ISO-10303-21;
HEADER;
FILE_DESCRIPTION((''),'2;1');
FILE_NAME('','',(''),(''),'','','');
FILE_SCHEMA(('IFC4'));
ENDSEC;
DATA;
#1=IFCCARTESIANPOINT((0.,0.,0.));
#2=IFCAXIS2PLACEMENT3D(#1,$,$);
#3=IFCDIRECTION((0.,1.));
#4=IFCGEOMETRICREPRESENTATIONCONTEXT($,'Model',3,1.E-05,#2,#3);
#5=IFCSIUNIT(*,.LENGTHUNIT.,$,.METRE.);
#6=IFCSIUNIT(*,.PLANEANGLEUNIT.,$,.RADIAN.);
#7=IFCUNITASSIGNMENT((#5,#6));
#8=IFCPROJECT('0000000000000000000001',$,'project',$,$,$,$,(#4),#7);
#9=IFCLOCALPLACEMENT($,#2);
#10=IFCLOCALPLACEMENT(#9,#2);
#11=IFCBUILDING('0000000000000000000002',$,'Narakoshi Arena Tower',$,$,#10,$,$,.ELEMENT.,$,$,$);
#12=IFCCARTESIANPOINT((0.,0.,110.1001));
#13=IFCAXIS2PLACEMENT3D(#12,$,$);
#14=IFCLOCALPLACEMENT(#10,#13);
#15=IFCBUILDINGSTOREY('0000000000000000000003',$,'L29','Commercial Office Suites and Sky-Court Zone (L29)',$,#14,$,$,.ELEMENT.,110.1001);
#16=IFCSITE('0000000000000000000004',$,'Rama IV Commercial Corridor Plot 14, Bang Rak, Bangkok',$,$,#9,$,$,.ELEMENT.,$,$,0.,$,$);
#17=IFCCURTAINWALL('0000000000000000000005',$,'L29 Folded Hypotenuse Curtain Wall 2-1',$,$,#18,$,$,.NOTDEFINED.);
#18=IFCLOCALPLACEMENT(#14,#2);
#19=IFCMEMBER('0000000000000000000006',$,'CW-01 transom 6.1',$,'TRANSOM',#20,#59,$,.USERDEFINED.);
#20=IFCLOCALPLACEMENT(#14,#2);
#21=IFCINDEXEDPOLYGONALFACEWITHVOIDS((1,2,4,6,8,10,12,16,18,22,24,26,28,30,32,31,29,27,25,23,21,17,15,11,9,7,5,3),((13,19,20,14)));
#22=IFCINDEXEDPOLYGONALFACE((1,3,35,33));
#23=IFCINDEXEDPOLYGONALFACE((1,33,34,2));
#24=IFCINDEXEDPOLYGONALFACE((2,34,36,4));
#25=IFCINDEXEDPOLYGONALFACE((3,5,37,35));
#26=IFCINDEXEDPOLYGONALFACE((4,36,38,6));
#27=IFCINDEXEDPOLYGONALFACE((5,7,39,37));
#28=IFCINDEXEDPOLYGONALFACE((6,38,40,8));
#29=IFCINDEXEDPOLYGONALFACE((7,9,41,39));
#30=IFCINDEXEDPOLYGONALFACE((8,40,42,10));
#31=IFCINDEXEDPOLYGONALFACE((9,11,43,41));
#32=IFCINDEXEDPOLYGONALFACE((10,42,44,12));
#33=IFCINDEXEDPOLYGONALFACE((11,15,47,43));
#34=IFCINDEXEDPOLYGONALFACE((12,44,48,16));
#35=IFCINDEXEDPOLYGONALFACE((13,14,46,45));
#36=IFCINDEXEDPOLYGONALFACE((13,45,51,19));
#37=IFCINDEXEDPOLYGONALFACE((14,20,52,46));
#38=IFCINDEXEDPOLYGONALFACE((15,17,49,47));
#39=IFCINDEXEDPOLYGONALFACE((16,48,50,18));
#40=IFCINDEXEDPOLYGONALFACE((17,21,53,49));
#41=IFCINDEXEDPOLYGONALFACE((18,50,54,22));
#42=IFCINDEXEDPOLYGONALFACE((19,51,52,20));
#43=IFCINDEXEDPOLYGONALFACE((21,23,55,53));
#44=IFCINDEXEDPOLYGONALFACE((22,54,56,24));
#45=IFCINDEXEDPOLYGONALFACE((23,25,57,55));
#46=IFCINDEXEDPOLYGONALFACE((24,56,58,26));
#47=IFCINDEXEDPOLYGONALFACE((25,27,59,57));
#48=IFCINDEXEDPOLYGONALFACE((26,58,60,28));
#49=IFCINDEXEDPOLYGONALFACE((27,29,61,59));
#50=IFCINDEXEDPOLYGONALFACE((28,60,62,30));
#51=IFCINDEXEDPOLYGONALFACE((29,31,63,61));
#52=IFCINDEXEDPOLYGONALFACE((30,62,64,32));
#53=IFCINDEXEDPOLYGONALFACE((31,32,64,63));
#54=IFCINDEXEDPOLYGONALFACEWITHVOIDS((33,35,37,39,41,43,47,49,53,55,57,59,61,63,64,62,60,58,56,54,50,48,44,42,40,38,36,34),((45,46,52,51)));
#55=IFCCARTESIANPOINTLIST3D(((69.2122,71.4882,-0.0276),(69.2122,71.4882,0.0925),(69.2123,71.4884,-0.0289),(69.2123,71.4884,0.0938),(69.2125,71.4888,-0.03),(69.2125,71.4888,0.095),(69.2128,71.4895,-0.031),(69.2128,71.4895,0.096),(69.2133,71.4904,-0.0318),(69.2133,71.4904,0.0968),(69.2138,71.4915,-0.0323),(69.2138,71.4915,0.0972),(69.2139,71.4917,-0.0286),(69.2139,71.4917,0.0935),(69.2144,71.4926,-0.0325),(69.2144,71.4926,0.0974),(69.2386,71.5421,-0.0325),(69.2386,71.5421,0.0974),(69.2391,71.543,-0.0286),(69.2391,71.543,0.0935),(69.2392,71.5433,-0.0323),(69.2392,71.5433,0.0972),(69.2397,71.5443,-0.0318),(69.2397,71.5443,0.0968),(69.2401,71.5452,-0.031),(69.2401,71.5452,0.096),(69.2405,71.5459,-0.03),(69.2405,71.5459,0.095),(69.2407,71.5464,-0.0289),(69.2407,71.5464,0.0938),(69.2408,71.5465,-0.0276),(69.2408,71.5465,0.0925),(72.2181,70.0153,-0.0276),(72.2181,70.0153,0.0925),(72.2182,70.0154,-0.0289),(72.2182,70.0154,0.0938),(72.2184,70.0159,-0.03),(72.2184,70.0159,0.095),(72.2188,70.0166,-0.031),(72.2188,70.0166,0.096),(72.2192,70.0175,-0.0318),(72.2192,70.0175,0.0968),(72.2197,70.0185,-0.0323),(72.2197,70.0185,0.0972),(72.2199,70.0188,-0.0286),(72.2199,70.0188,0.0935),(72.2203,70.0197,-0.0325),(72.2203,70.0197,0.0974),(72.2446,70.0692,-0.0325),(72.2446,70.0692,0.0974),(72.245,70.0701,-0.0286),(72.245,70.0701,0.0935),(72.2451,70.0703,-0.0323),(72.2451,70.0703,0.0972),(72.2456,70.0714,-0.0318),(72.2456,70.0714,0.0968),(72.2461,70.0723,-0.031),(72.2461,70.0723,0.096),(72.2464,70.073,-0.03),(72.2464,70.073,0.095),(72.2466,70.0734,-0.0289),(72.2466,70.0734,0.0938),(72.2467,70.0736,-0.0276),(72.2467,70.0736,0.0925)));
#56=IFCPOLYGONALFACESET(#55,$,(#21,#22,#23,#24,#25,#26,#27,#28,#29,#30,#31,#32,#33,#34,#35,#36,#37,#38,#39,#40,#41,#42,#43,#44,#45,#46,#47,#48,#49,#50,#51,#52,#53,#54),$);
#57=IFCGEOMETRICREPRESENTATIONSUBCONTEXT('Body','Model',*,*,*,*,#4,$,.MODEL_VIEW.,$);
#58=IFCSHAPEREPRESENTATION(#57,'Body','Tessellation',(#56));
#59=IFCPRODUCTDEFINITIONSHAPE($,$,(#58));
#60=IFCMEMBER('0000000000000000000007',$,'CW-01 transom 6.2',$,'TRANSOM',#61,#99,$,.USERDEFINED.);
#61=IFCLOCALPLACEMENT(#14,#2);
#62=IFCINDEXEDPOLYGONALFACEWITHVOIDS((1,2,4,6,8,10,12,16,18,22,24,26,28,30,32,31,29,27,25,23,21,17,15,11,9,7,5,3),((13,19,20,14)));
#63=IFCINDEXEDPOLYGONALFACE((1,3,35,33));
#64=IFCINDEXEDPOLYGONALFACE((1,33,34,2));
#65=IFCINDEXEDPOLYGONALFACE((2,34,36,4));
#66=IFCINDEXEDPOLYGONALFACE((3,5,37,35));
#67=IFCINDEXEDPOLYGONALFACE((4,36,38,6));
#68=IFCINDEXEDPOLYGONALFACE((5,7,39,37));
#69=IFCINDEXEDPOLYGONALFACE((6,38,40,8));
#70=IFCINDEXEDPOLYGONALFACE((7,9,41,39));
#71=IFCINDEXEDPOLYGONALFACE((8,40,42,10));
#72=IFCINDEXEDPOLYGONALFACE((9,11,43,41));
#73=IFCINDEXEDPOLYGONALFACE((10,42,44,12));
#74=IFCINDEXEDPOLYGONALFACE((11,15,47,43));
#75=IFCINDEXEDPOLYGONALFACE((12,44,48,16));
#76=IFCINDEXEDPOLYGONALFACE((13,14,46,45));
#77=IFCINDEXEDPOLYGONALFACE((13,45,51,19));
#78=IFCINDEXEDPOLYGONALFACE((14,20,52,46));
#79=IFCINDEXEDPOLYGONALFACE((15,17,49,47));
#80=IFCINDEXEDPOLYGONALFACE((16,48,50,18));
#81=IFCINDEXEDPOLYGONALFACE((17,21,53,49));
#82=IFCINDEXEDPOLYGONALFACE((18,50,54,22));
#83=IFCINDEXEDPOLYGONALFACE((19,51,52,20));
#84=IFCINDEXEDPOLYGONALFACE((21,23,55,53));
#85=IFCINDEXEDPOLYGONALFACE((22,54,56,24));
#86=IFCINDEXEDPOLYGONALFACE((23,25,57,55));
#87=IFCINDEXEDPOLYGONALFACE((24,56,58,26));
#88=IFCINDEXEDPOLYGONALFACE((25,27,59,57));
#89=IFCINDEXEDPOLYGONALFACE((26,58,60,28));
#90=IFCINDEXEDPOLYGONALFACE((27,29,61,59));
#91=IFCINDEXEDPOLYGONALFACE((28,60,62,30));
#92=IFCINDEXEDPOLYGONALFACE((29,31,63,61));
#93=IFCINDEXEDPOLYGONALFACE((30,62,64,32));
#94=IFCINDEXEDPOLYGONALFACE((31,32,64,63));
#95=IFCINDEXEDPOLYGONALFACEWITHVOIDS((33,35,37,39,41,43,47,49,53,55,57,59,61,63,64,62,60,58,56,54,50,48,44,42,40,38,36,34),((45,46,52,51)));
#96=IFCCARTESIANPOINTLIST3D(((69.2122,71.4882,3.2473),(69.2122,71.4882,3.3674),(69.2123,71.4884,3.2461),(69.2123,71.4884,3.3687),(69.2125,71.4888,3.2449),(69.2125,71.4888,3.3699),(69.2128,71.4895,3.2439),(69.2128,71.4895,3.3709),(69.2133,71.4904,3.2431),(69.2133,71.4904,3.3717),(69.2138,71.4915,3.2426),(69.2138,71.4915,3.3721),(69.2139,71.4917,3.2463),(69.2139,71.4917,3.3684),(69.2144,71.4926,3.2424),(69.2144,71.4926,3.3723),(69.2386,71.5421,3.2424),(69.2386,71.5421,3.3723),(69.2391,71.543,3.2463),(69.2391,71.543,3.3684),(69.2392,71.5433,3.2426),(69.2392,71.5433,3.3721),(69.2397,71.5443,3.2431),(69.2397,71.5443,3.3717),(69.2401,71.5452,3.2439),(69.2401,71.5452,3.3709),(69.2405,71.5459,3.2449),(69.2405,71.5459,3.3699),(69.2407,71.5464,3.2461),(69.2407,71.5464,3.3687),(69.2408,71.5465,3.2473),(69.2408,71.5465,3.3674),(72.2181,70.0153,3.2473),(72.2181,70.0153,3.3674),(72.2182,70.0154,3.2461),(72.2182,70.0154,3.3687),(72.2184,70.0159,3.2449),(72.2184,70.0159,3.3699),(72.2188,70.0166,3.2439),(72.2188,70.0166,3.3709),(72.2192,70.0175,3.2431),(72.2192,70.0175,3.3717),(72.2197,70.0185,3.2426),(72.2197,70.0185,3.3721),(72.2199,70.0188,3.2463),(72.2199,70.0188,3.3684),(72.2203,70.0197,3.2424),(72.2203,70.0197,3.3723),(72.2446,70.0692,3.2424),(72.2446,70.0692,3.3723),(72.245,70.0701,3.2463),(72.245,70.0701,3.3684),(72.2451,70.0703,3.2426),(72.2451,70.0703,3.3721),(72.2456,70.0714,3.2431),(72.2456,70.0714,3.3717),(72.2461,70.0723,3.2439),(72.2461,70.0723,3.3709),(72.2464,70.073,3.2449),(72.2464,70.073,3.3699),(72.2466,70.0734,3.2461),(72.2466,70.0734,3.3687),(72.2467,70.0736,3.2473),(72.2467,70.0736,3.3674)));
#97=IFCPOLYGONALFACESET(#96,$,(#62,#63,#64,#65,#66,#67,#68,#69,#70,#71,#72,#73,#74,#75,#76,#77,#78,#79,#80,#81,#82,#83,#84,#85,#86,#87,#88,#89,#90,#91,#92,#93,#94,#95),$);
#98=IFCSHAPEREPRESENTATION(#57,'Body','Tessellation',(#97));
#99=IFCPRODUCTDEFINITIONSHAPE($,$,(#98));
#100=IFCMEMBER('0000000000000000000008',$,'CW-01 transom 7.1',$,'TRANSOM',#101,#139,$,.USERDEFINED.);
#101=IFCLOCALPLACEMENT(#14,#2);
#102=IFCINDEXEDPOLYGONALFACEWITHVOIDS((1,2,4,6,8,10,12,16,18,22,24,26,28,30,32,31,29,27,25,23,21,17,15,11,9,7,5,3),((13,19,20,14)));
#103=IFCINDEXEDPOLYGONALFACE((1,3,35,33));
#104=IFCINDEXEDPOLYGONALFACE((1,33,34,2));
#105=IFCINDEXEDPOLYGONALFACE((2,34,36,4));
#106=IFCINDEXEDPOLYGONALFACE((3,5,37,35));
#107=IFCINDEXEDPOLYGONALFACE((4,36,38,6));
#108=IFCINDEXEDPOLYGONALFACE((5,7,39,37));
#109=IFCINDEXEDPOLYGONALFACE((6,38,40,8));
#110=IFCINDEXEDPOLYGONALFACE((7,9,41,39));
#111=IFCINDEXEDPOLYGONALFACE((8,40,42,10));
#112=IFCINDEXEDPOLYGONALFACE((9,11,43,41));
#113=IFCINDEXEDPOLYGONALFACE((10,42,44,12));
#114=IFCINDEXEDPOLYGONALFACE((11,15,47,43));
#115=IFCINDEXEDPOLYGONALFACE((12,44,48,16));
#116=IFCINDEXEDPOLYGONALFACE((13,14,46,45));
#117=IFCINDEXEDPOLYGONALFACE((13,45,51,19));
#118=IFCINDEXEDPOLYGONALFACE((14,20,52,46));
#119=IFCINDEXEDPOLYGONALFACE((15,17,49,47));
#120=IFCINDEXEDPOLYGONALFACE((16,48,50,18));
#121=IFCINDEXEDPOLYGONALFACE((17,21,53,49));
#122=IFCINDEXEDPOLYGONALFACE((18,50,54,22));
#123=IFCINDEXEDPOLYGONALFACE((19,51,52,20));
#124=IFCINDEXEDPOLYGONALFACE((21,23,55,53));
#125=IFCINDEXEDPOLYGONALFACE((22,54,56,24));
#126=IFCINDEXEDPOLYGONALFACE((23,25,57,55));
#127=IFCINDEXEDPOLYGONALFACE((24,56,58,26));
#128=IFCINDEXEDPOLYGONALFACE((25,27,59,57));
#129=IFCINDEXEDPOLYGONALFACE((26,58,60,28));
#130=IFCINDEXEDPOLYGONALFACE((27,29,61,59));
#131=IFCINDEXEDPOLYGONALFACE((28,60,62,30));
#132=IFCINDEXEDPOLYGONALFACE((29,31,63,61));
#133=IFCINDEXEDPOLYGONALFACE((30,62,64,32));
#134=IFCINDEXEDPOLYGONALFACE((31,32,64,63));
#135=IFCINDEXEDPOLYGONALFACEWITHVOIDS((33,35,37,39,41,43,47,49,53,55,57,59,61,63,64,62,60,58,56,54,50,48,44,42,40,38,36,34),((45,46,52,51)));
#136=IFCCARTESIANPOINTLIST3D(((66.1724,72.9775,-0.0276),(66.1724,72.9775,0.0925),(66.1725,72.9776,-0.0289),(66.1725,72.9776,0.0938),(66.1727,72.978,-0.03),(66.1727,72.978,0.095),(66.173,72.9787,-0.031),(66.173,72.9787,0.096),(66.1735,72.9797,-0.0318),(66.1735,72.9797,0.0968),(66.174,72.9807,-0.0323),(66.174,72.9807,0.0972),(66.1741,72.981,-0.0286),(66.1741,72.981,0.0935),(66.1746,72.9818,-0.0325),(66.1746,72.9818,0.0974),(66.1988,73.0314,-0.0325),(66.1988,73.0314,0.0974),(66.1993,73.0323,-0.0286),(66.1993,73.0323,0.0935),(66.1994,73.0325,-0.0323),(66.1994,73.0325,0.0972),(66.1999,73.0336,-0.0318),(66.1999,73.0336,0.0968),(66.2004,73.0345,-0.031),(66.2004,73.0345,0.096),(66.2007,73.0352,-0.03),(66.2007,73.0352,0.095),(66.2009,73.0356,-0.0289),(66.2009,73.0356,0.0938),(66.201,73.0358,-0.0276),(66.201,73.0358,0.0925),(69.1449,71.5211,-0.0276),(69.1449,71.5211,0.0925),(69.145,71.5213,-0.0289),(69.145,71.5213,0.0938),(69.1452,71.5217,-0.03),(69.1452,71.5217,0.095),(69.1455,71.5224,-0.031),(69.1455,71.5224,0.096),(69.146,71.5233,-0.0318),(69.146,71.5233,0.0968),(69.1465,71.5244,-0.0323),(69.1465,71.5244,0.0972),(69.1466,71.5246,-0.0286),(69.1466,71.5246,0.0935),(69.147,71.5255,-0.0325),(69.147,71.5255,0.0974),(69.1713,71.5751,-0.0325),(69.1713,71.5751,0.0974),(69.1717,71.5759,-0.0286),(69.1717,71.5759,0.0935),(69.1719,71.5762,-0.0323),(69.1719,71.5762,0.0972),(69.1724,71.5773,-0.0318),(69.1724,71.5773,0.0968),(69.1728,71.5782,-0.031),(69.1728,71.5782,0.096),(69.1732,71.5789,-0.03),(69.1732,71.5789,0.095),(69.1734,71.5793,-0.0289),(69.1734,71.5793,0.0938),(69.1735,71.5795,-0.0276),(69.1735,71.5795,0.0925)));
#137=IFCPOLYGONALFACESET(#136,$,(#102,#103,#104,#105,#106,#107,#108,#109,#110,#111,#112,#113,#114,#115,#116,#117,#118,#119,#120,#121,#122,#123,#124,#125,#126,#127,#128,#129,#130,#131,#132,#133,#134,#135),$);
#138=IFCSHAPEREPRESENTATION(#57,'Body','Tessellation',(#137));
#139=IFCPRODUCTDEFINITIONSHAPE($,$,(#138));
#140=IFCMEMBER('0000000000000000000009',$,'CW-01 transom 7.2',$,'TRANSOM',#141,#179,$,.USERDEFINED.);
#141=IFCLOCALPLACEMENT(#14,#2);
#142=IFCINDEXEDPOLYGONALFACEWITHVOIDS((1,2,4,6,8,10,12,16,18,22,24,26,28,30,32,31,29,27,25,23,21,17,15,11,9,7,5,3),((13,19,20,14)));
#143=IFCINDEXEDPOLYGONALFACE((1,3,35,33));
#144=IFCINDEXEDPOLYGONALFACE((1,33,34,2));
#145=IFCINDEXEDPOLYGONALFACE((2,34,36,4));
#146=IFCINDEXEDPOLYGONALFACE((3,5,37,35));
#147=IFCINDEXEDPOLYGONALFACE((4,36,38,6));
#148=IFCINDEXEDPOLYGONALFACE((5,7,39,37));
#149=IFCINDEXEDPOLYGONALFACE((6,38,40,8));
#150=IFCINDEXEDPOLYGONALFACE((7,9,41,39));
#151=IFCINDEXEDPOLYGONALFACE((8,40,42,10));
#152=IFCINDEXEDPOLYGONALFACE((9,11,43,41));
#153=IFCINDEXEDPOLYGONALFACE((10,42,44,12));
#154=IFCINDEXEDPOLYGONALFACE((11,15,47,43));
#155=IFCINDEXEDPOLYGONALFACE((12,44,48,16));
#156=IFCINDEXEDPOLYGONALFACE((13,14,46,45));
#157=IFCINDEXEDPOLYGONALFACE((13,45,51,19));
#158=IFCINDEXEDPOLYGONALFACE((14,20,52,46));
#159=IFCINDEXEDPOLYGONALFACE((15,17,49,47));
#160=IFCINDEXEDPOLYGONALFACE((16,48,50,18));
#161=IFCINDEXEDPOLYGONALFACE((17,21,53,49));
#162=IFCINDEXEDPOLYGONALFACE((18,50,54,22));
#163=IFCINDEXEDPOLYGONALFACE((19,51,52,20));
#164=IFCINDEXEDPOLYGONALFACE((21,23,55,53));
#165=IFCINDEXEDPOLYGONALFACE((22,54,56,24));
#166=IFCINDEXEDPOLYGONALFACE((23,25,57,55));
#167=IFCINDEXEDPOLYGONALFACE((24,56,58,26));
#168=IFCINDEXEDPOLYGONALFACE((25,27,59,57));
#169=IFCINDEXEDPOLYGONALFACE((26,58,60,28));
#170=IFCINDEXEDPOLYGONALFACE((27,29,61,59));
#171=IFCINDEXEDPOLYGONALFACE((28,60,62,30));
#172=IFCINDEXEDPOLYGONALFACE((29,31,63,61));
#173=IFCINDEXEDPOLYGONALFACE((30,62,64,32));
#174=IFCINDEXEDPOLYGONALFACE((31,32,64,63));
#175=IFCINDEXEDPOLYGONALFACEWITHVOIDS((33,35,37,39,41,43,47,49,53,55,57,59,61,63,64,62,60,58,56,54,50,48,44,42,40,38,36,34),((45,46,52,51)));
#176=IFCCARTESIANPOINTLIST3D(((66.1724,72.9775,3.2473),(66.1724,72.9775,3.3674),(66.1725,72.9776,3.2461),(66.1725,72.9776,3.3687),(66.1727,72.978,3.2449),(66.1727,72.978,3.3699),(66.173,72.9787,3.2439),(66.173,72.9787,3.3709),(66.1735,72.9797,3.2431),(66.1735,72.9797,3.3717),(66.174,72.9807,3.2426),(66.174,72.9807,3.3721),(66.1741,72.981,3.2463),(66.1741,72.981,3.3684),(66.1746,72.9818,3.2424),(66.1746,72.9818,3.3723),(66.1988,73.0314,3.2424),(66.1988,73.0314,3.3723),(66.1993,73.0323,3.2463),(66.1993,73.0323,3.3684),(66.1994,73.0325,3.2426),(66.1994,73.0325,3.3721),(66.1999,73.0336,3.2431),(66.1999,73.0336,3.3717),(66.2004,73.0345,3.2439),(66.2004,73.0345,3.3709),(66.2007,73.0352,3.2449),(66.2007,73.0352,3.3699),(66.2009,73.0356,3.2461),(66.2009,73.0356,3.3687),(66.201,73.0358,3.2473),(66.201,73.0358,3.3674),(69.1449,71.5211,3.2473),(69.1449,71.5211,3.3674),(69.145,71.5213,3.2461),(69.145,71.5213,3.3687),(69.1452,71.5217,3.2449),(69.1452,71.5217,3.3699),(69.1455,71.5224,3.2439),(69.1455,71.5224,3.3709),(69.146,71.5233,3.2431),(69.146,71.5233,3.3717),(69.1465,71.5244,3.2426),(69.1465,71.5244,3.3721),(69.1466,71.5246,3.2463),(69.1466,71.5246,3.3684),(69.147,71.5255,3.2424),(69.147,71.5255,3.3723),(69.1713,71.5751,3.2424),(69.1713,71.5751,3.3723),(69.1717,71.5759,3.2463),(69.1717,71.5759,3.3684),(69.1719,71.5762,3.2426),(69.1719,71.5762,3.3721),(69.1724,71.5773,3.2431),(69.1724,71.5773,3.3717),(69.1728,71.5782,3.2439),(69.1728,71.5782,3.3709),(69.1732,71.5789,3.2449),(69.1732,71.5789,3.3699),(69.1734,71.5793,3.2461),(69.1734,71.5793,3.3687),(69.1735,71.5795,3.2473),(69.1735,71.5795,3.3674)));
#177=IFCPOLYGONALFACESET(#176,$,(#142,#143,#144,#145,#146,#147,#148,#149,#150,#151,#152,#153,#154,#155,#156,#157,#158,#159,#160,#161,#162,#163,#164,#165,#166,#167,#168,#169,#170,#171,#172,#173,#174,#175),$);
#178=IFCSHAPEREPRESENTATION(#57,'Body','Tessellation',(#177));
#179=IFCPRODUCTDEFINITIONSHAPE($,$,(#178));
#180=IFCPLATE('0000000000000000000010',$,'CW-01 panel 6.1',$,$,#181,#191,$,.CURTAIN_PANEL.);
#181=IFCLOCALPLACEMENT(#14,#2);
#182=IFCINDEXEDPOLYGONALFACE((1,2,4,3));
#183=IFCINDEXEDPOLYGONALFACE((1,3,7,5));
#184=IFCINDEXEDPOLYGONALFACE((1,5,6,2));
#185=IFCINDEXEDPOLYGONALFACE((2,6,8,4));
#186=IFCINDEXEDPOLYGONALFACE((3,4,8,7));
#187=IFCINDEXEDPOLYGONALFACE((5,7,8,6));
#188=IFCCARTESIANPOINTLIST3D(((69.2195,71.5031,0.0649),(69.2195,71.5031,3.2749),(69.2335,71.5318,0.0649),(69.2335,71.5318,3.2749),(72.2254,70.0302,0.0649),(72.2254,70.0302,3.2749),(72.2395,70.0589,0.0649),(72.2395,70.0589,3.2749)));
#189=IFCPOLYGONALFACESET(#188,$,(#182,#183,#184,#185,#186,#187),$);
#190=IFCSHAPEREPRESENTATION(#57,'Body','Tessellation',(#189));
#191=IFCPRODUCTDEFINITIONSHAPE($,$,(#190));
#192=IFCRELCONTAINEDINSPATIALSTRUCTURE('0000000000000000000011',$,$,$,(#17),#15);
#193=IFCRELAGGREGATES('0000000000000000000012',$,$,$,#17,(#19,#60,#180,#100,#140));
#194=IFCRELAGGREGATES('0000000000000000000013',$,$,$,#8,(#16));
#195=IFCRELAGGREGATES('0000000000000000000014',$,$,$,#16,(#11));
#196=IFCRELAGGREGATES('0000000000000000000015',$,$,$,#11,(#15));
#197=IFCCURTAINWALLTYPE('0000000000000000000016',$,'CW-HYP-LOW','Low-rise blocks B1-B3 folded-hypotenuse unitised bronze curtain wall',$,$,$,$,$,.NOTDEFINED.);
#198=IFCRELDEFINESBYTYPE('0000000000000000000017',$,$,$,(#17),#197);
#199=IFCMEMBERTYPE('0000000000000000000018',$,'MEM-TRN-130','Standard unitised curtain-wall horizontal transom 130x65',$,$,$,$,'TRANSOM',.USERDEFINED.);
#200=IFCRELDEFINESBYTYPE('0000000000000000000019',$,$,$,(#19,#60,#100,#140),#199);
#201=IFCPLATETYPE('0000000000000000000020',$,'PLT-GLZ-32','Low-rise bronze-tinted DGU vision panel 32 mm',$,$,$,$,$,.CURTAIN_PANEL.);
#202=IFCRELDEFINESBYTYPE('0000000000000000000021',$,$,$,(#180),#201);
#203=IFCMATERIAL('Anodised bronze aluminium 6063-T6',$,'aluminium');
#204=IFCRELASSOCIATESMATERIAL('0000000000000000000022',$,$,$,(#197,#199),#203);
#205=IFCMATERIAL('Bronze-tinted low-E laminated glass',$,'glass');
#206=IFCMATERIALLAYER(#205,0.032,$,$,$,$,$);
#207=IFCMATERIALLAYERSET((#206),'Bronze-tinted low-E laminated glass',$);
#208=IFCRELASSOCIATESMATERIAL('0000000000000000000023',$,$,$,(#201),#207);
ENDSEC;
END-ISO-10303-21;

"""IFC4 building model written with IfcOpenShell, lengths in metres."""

from ifc_helpers import new_model, si_unit, direction, frame, origin, origin_2d, place, context, subcontext, project, spatial, rectangle, hollow_rectangle, extrude, material, layer, layer_set, material_profile, profile_set, type_object, element, aggregate, save


model = new_model("IFC4")

# Units and contexts
model_context = context("Model", 3, precision=1e-05, world=origin(), true_north=direction((0.0, 1.0)))
body_context = subcontext(model_context, "Body", "Model", "MODEL_VIEW")
ifc_project = project(units=[si_unit("LENGTHUNIT", "METRE"), si_unit("PLANEANGLEUNIT", "RADIAN")], contexts=[model_context])

# Site, building, storey
site_placement = place(None, origin())
site = spatial("IfcSite", under=ifc_project, at=site_placement, Name="Rama IV Commercial Corridor Plot 14, Bang Rak, Bangkok", CompositionType="ELEMENT", RefElevation=0.0)
building_placement = place(site_placement, origin())
building = spatial("IfcBuilding", under=site, at=building_placement, Name="Narakoshi Arena Tower", CompositionType="ELEMENT")
storey_placement = place(building_placement, frame((0.0, 0.0, 110.1001)))
storey = spatial("IfcBuildingStorey", under=building, at=storey_placement, Name="L29", Description="Commercial Office Suites and Sky-Court Zone (L29)", CompositionType="ELEMENT", Elevation=110.1001)

# Curtain wall, members, plate
ifc_material_1 = material(Name="Anodised bronze aluminium 6063-T6", Category="aluminium")
curtain_wall_type = type_object("IfcCurtainWallType", Name="CW-HYP-LOW", Description="Low-rise blocks B1-B3 folded-hypotenuse unitised bronze curtain wall", PredefinedType="NOTDEFINED", material=ifc_material_1)
curtain_wall_placement = place(storey_placement, origin())
curtain_wall = element("IfcCurtainWall", 1, at=curtain_wall_placement, inside=storey, type_object=curtain_wall_type, Name="L29 Folded Hypotenuse Curtain Wall 2-1", PredefinedType="NOTDEFINED")
ifc_material_profile_1 = material_profile(ifc_material_1, hollow_rectangle(XDim=0.0649, YDim=0.1299, WallThickness=0.0039, OuterFilletRadius=0.0049, at=origin_2d()), Name="TRN130x65x4")
ifc_profile_set_1 = profile_set([ifc_material_profile_1], Name="Anodised bronze aluminium 6063-T6")
member_type_1 = type_object("IfcMemberType", Name="MEM-TRN-130", Description="Standard unitised curtain-wall horizontal transom 130x65", ElementType="TRANSOM", PredefinedType="USERDEFINED", material=ifc_profile_set_1)
member_1_placement = place(storey_placement, frame((72.2324, 70.0444, 0.0325), z_axis=(-0.897987, 0.440022, 0.0), x_axis=(-0.440022, -0.897987, 0.0)))
member_1 = element("IfcMember", 2, at=member_1_placement, type_object=member_type_1, Name="CW-01 transom 6.1", ObjectType="TRANSOM", PredefinedType="USERDEFINED", context=body_context, shape_type="SweptSolid", body=[
    extrude(hollow_rectangle(XDim=0.0649, YDim=0.1299, WallThickness=0.0039, OuterFilletRadius=0.0049, at=origin_2d()), origin(), (0.0, 0.0, 1.0), 3.3474),
])
member_2_placement = place(storey_placement, frame((72.2324, 70.0444, 3.3074), z_axis=(-0.897987, 0.440022, 0.0), x_axis=(-0.440022, -0.897987, 0.0)))
member_2 = element("IfcMember", 3, at=member_2_placement, type_object=member_type_1, Name="CW-01 transom 6.2", ObjectType="TRANSOM", PredefinedType="USERDEFINED", context=body_context, shape_type="SweptSolid", body=[
    extrude(hollow_rectangle(XDim=0.0649, YDim=0.1299, WallThickness=0.0039, OuterFilletRadius=0.0049, at=origin_2d()), origin(), (0.0, 0.0, 1.0), 3.3474),
])
member_3_placement = place(storey_placement, frame((69.1592, 71.5503, 0.0325), z_axis=(-0.898012, 0.439971, 0.0), x_axis=(-0.439971, -0.898012, 0.0)))
member_3 = element("IfcMember", 4, at=member_3_placement, type_object=member_type_1, Name="CW-01 transom 7.1", ObjectType="TRANSOM", PredefinedType="USERDEFINED", context=body_context, shape_type="SweptSolid", body=[
    extrude(hollow_rectangle(XDim=0.0649, YDim=0.1299, WallThickness=0.0039, OuterFilletRadius=0.0049, at=origin_2d()), origin(), (0.0, 0.0, 1.0), 3.3101),
])
member_4_placement = place(storey_placement, frame((69.1592, 71.5503, 3.3074), z_axis=(-0.898012, 0.439971, 0.0), x_axis=(-0.439971, -0.898012, 0.0)))
member_4 = element("IfcMember", 5, at=member_4_placement, type_object=member_type_1, Name="CW-01 transom 7.2", ObjectType="TRANSOM", PredefinedType="USERDEFINED", context=body_context, shape_type="SweptSolid", body=[
    extrude(hollow_rectangle(XDim=0.0649, YDim=0.1299, WallThickness=0.0039, OuterFilletRadius=0.0049, at=origin_2d()), origin(), (0.0, 0.0, 1.0), 3.3101),
])
ifc_material_2 = material(Name="Bronze-tinted low-E laminated glass", Category="glass")
ifc_layer_1 = layer(ifc_material_2, 0.032)
ifc_layer_set_1 = layer_set([ifc_layer_1], Name="Bronze-tinted low-E laminated glass")
plate_type = type_object("IfcPlateType", Name="PLT-GLZ-32", Description="Low-rise bronze-tinted DGU vision panel 32 mm", PredefinedType="CURTAIN_PANEL", material=ifc_layer_set_1)
plate_1_placement = place(storey_placement, frame((70.7295, 70.781, 0.0649), z_axis=(0.0, 0.0, 1.0), x_axis=(-0.897996, 0.440005, 0.0)))
plate_1 = element("IfcPlate", 6, at=plate_1_placement, type_object=plate_type, Name="CW-01 panel 6.1", PredefinedType="CURTAIN_PANEL", context=body_context, shape_type="SweptSolid", body=[
    extrude(rectangle(XDim=3.3474, YDim=0.032, at=origin_2d()), origin(), (0.0, 0.0, 1.0), 3.21),
])
aggregate(curtain_wall, [member_1, member_2, plate_1, member_3, member_4])

save(model, "model.ifc")
